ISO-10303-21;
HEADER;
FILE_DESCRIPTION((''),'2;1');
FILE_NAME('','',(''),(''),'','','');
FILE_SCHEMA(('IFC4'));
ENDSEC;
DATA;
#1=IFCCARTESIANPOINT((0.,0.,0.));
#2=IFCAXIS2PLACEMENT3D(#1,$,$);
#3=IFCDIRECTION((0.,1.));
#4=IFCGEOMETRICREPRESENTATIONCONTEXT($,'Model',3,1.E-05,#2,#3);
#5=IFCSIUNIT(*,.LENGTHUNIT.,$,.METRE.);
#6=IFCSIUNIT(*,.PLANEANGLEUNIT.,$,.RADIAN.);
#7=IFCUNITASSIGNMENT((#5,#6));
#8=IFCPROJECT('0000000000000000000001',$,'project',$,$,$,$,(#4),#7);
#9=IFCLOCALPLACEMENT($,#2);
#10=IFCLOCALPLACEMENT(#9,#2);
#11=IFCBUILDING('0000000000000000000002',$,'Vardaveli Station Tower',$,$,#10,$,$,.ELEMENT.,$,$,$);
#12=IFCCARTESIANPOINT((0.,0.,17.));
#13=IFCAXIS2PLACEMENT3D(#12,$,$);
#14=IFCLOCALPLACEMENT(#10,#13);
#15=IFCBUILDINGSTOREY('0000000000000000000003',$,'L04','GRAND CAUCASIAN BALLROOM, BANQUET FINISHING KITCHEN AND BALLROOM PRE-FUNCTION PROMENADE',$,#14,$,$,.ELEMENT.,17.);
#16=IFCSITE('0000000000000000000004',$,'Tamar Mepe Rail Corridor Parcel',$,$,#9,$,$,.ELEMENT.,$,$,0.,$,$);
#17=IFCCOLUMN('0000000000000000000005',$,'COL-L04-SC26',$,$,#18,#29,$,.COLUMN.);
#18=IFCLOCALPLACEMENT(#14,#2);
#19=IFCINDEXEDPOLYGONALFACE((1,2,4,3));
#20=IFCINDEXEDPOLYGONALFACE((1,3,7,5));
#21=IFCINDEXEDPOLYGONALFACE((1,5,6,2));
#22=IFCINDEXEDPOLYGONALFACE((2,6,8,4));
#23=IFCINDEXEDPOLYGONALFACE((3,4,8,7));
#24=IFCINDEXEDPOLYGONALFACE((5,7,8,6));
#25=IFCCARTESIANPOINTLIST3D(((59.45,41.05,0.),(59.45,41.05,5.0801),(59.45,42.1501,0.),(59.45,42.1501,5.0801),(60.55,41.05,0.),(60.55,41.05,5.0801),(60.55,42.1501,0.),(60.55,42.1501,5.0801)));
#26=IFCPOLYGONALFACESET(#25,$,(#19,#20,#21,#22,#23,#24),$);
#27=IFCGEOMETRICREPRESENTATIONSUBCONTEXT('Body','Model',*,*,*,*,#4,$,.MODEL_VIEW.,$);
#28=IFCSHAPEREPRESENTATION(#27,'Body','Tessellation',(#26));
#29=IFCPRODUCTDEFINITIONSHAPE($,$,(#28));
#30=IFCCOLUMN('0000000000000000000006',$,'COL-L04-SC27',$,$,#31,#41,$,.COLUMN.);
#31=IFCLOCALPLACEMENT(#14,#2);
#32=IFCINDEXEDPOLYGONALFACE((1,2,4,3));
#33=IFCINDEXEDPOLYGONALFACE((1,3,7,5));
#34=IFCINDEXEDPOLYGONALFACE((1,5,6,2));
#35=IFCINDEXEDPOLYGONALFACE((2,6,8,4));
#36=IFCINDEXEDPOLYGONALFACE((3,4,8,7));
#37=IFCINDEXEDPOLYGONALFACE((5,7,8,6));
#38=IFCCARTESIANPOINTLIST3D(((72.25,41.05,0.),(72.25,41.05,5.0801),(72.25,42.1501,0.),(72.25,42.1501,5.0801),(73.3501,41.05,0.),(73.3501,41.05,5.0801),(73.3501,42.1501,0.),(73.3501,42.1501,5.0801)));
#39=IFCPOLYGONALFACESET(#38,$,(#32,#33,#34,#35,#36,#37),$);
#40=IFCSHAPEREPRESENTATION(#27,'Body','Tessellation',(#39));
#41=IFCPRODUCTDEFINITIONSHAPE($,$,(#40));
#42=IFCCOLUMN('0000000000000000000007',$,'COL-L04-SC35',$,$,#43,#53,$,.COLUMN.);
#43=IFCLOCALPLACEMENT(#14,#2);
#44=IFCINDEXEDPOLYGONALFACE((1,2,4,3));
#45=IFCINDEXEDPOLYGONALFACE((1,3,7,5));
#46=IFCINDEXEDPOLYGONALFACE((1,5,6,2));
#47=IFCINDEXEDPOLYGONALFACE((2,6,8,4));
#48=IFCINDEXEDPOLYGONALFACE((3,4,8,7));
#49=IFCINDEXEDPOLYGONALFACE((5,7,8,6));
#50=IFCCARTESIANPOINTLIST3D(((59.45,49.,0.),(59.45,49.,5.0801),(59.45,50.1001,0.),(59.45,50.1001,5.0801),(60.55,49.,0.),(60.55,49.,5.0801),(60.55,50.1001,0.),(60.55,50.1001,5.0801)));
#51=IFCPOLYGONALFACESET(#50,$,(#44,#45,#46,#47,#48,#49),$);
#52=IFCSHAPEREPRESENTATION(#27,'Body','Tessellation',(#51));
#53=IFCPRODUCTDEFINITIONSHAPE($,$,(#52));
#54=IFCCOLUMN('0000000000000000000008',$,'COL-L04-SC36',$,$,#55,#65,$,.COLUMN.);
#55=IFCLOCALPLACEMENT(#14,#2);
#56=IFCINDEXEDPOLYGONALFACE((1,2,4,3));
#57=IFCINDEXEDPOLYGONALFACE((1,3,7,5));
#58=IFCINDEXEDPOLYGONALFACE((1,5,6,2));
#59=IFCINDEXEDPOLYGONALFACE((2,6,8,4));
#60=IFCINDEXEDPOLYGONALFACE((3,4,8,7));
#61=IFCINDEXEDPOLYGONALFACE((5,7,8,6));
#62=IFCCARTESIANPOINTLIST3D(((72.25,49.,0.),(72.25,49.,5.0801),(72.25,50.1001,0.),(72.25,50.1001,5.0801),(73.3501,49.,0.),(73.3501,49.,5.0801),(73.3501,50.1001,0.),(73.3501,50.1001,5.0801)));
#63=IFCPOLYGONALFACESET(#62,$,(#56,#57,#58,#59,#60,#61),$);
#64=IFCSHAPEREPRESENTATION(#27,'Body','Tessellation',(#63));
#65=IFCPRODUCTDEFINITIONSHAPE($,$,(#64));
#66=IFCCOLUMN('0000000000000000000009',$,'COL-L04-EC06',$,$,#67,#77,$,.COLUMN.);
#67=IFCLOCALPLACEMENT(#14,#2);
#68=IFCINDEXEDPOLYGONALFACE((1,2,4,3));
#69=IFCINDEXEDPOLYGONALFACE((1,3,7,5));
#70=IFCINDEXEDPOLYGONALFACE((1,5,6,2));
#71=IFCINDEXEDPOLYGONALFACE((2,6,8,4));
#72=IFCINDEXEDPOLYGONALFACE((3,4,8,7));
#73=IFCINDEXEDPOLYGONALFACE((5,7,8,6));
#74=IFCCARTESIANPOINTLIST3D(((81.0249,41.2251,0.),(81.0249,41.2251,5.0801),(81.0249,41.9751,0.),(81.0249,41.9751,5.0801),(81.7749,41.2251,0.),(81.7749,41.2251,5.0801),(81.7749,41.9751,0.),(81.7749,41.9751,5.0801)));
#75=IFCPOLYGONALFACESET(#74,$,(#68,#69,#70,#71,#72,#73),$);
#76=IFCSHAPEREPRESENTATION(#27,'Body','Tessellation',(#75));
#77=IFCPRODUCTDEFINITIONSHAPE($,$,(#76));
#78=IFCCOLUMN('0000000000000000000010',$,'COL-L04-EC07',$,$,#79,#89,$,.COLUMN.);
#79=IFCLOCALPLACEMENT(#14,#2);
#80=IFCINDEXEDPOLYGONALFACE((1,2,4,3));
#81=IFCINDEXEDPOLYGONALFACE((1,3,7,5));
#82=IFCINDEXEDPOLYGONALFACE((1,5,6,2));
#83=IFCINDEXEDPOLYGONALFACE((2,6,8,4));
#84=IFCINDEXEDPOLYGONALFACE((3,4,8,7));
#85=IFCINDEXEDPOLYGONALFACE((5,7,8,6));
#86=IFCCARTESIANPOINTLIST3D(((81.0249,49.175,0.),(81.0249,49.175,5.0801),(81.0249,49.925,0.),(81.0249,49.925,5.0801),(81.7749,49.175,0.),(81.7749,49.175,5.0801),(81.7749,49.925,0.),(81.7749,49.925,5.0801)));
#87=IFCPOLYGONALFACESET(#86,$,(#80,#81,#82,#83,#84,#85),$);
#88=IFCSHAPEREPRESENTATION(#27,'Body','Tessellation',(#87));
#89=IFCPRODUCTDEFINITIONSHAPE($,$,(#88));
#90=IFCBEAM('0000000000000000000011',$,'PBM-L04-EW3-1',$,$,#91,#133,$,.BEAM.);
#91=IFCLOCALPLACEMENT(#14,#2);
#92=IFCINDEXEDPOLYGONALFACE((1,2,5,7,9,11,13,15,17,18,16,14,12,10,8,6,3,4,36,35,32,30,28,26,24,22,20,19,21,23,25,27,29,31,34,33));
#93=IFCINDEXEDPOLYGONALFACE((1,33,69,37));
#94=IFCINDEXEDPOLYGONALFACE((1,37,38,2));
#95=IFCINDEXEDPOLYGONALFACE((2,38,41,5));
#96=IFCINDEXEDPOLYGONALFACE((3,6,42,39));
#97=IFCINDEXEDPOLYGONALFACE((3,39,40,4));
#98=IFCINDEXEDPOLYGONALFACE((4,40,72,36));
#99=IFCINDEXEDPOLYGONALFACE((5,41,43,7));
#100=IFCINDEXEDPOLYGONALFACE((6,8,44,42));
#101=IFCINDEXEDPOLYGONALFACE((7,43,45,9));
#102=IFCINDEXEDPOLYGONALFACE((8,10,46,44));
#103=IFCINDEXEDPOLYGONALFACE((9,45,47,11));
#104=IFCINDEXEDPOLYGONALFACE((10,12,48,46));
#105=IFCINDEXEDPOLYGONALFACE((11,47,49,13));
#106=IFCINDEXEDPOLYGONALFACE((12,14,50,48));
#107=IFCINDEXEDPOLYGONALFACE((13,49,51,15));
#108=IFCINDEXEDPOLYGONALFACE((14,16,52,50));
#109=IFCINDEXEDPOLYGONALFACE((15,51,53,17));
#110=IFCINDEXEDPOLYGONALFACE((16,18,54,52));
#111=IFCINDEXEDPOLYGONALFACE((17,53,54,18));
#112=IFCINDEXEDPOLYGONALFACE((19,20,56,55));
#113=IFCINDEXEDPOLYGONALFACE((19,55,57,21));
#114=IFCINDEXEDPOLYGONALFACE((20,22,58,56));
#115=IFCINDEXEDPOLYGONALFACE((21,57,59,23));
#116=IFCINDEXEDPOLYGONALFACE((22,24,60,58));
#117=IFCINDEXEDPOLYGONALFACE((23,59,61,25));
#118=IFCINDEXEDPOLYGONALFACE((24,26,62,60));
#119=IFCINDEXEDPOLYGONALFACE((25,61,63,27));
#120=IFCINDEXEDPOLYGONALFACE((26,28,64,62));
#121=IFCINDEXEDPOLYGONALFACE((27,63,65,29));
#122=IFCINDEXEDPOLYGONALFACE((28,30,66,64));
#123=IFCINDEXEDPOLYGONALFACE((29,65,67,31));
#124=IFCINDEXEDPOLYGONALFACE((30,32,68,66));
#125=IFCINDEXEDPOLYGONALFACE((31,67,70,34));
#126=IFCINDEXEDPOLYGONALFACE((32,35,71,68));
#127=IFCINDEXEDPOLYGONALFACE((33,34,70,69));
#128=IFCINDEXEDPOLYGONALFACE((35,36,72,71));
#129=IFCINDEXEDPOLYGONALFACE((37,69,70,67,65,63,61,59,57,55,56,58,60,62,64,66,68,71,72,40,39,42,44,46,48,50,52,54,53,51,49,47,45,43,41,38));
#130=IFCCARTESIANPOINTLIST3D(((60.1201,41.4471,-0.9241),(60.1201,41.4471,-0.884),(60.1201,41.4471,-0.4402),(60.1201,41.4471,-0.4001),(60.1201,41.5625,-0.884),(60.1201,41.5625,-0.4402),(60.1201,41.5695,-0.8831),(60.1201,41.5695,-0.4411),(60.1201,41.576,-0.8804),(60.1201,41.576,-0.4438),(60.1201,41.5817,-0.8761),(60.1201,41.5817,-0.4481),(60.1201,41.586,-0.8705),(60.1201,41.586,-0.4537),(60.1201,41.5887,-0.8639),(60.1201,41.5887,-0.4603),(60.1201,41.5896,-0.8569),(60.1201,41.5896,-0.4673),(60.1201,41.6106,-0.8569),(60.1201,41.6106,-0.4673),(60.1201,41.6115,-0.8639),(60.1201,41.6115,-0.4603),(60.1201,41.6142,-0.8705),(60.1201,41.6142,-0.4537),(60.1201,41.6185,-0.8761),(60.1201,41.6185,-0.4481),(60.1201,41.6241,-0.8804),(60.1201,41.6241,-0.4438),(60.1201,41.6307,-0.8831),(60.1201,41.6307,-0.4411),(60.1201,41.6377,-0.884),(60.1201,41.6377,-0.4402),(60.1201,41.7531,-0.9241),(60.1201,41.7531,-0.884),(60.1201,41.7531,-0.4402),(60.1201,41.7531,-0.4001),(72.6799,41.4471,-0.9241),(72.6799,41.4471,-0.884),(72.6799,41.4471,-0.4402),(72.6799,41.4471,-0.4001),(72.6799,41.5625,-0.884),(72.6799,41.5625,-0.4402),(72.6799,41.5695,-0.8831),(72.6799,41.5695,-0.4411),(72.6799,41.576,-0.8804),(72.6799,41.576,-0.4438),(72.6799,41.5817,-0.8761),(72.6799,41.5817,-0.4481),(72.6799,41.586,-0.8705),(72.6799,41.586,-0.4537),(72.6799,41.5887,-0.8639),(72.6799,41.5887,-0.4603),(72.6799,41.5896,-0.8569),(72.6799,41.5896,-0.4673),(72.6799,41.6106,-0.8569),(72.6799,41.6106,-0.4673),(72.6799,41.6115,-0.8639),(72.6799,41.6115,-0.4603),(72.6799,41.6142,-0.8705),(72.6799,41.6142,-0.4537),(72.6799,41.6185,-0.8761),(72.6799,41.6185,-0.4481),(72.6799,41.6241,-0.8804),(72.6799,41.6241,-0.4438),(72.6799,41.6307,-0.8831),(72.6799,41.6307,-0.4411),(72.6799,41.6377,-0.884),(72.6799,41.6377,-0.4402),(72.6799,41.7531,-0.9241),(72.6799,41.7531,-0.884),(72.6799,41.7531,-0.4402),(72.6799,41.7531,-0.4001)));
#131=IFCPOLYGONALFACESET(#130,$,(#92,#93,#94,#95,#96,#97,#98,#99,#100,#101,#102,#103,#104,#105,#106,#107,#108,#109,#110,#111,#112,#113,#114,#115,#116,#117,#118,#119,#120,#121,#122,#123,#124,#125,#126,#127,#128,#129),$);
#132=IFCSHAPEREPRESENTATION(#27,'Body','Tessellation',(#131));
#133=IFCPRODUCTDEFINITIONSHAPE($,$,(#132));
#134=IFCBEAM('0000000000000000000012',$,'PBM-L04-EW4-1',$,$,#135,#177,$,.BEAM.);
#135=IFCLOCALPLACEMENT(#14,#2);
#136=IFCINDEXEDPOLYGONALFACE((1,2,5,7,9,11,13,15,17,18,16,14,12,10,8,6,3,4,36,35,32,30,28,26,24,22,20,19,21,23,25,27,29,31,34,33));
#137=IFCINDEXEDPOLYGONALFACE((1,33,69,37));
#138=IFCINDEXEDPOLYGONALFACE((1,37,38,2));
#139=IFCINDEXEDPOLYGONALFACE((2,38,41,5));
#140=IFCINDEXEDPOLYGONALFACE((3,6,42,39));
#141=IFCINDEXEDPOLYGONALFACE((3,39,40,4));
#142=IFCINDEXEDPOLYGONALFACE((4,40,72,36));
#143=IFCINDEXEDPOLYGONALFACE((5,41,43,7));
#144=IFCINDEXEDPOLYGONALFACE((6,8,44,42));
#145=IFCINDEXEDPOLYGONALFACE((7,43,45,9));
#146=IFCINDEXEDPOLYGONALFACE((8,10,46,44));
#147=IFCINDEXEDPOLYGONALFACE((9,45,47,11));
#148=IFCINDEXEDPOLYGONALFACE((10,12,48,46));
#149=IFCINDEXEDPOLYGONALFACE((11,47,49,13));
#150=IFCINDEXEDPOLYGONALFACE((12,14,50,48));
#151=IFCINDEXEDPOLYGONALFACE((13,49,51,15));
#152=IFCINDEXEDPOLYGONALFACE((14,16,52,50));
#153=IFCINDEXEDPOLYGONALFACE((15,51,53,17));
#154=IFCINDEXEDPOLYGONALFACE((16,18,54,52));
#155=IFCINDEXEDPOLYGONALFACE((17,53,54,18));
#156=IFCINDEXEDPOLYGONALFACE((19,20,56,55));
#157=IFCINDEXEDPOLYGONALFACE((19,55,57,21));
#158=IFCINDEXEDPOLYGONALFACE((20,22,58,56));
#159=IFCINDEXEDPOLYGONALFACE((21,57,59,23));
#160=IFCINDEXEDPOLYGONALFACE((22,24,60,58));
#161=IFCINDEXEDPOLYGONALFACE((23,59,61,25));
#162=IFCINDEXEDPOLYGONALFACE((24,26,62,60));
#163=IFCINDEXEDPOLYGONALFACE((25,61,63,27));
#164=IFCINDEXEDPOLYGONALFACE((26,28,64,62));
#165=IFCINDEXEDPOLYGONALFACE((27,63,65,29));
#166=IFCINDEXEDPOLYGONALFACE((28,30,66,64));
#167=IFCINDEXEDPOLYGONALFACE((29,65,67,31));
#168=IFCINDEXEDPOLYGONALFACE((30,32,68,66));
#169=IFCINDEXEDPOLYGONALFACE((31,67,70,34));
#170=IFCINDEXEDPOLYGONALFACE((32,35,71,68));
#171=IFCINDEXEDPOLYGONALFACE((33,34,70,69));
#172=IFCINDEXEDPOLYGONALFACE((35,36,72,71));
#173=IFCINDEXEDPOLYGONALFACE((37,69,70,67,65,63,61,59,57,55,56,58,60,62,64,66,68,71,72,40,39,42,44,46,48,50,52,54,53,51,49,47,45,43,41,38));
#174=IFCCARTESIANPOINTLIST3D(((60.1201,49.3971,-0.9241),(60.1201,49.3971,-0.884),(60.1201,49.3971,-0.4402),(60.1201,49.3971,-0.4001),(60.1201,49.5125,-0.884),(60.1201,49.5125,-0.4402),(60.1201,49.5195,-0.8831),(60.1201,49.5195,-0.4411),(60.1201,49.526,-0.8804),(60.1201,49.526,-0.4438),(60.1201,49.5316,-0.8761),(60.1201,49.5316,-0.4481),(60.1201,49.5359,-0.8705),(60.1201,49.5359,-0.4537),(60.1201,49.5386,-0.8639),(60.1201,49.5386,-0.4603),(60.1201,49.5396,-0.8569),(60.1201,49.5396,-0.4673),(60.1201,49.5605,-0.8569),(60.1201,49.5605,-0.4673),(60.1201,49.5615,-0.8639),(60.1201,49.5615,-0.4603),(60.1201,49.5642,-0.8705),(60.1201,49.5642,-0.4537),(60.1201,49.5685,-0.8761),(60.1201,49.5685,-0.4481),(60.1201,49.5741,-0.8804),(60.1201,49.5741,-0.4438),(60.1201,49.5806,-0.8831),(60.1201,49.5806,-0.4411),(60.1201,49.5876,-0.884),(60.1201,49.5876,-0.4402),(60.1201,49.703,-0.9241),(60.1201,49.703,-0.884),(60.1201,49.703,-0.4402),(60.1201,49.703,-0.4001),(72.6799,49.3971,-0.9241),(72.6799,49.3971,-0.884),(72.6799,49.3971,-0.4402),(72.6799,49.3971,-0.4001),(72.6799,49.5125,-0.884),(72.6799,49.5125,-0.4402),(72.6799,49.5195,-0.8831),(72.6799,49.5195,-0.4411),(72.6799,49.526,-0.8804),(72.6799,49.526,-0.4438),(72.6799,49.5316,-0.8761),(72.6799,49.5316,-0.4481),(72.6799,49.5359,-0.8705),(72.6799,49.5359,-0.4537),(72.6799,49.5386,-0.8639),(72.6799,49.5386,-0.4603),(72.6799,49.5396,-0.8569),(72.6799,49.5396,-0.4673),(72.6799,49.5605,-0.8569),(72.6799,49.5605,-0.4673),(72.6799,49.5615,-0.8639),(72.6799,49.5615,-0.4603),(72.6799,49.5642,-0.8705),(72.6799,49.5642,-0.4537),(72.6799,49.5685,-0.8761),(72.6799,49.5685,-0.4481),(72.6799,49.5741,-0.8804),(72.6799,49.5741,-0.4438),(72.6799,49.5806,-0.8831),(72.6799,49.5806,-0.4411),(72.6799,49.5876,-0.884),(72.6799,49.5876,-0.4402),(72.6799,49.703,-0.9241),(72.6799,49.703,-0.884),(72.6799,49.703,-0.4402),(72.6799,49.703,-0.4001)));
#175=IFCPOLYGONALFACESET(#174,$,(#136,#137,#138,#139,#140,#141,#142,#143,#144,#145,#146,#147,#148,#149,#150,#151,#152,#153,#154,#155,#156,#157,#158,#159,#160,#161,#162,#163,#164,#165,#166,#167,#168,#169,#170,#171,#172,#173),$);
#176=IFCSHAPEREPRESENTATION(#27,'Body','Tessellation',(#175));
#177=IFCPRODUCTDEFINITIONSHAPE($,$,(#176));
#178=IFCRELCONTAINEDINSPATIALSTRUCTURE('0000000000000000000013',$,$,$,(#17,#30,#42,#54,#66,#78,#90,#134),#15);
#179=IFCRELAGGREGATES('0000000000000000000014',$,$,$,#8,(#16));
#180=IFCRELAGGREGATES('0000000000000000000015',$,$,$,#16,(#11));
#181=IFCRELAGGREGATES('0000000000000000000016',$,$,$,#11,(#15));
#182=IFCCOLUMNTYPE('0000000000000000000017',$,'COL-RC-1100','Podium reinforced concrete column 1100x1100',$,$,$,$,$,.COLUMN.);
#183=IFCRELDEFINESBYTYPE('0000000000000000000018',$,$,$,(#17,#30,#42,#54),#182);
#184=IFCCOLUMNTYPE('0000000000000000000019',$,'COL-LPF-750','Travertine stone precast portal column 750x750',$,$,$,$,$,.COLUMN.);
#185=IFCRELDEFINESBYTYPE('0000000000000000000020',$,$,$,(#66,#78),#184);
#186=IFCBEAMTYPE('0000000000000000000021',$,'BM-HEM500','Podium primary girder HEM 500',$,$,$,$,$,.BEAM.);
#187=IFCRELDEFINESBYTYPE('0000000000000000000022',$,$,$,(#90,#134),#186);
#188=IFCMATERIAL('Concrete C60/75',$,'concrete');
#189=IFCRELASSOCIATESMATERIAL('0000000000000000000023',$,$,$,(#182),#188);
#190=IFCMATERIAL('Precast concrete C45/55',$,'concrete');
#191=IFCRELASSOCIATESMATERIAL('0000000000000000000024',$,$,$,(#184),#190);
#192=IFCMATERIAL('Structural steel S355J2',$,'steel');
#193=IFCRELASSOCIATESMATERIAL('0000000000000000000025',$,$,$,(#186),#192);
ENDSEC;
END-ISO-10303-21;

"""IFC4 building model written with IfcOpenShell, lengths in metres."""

from ifc_helpers import new_model, si_unit, direction, frame, origin, origin_2d, place, context, subcontext, project, spatial, rectangle, i_section, extrude, source, transform, mapped, material, material_profile, profile_set, type_object, element, save


model = new_model("IFC4")

# Units and contexts
model_context = context("Model", 3, precision=1e-05, world=origin(), true_north=direction((0.0, 1.0)))
body_context = subcontext(model_context, "Body", "Model", "MODEL_VIEW")
ifc_project = project(units=[si_unit("LENGTHUNIT", "METRE"), si_unit("PLANEANGLEUNIT", "RADIAN")], contexts=[model_context])

# Site, building, storey
site_placement = place(None, origin())
site = spatial("IfcSite", under=ifc_project, at=site_placement, Name="Tamar Mepe Rail Corridor Parcel", CompositionType="ELEMENT", RefElevation=0.0)
building_placement = place(site_placement, origin())
building = spatial("IfcBuilding", under=site, at=building_placement, Name="Vardaveli Station Tower", CompositionType="ELEMENT")
storey_placement = place(building_placement, frame((0.0, 0.0, 17.0)))
storey = spatial("IfcBuildingStorey", under=building, at=storey_placement, Name="L04", Description="GRAND CAUCASIAN BALLROOM, BANQUET FINISHING KITCHEN AND BALLROOM PRE-FUNCTION PROMENADE", CompositionType="ELEMENT", Elevation=17.0)

# Columns
ifc_material_1 = material(Name="Concrete C60/75", Category="concrete")
ifc_material_profile_1 = material_profile(ifc_material_1, rectangle(XDim=1.1001, YDim=1.1001, at=origin_2d()), Name="RC 1100x1100")
ifc_profile_set_1 = profile_set([ifc_material_profile_1], Name="Concrete C60/75")
column_type_1 = type_object("IfcColumnType", Name="COL-RC-1100", Description="Podium reinforced concrete column 1100x1100", PredefinedType="COLUMN", material=ifc_profile_set_1)
shared_shape_1 = source(origin(), body_context, "Body", "SweptSolid", [
    extrude(rectangle(XDim=1.1001, YDim=1.1001, at=origin_2d()), origin(), (0.0, 0.0, 1.0), 5.0801),
])
for number, where, z_axis, x_axis, name in (
    (1, (60.0, 41.6001, 0.0), (0.0, 0.0, 1.0), (1.0, 0.0, 0.0), "COL-L04-SC26"),
    (2, (72.8, 41.6001, 0.0), (0.0, 0.0, 1.0), (1.0, 0.0, 0.0), "COL-L04-SC27"),
    (3, (60.0, 49.55, 0.0), (0.0, 0.0, 1.0), (1.0, 0.0, 0.0), "COL-L04-SC35"),
    (4, (72.8, 49.55, 0.0), (0.0, 0.0, 1.0), (1.0, 0.0, 0.0), "COL-L04-SC36"),
):
    element("IfcColumn", number, at=place(storey_placement, frame(where, z_axis=z_axis, x_axis=x_axis)), inside=storey, type_object=column_type_1, Name=name, PredefinedType="COLUMN", context=body_context, shape_type="MappedRepresentation", body=[
        mapped(shared_shape_1, transform((0.0, 0.0, 0.0), scale=1.0)),
    ])
ifc_material_2 = material(Name="Precast concrete C45/55", Category="concrete")
ifc_material_profile_2 = material_profile(ifc_material_2, rectangle(XDim=0.75, YDim=0.75, at=origin_2d()), Name="LPF 750x750")
ifc_profile_set_2 = profile_set([ifc_material_profile_2], Name="Precast concrete C45/55")
column_type_2 = type_object("IfcColumnType", Name="COL-LPF-750", Description="Travertine stone precast portal column 750x750", PredefinedType="COLUMN", material=ifc_profile_set_2)
shared_shape_2 = source(origin(), body_context, "Body", "SweptSolid", [
    extrude(rectangle(XDim=0.75, YDim=0.75, at=origin_2d()), origin(), (0.0, 0.0, 1.0), 5.0801),
])
for number, where, z_axis, x_axis, name in (
    (5, (81.3999, 41.6001, 0.0), (0.0, 0.0, 1.0), (1.0, 0.0, 0.0), "COL-L04-EC06"),
    (6, (81.3999, 49.55, 0.0), (0.0, 0.0, 1.0), (1.0, 0.0, 0.0), "COL-L04-EC07"),
):
    element("IfcColumn", number, at=place(storey_placement, frame(where, z_axis=z_axis, x_axis=x_axis)), inside=storey, type_object=column_type_2, Name=name, PredefinedType="COLUMN", context=body_context, shape_type="MappedRepresentation", body=[
        mapped(shared_shape_2, transform((0.0, 0.0, 0.0), scale=1.0)),
    ])

# Beams
ifc_material_3 = material(Name="Structural steel S355J2", Category="steel")
ifc_material_profile_3 = material_profile(ifc_material_3, i_section(OverallWidth=0.3059, OverallDepth=0.5239, WebThickness=0.021, FlangeThickness=0.04, FilletRadius=0.0271, at=origin_2d()), Name="HEM 500")
ifc_profile_set_3 = profile_set([ifc_material_profile_3], Name="Structural steel S355J2")
beam_type_1 = type_object("IfcBeamType", Name="BM-HEM500", Description="Podium primary girder HEM 500", PredefinedType="BEAM", material=ifc_profile_set_3)
shared_shape_3 = source(origin(), body_context, "Body", "SweptSolid", [
    extrude(i_section(OverallWidth=0.3059, OverallDepth=0.5239, WebThickness=0.021, FlangeThickness=0.04, FilletRadius=0.0271, at=origin_2d()), origin(), (0.0, 0.0, 1.0), 12.5598),
])
for number, where, z_axis, x_axis, name in (
    (7, (60.1201, 41.6001, -0.6621), (1.0, 0.0, 0.0), (0.0, 1.0, 0.0), "PBM-L04-EW3-1"),
    (8, (60.1201, 49.55, -0.6621), (1.0, 0.0, 0.0), (0.0, 1.0, 0.0), "PBM-L04-EW4-1"),
):
    element("IfcBeam", number, at=place(storey_placement, frame(where, z_axis=z_axis, x_axis=x_axis)), inside=storey, type_object=beam_type_1, Name=name, PredefinedType="BEAM", context=body_context, shape_type="MappedRepresentation", body=[
        mapped(shared_shape_3, transform((0.0, 0.0, 0.0), scale=1.0)),
    ])

save(model, "model.ifc")
